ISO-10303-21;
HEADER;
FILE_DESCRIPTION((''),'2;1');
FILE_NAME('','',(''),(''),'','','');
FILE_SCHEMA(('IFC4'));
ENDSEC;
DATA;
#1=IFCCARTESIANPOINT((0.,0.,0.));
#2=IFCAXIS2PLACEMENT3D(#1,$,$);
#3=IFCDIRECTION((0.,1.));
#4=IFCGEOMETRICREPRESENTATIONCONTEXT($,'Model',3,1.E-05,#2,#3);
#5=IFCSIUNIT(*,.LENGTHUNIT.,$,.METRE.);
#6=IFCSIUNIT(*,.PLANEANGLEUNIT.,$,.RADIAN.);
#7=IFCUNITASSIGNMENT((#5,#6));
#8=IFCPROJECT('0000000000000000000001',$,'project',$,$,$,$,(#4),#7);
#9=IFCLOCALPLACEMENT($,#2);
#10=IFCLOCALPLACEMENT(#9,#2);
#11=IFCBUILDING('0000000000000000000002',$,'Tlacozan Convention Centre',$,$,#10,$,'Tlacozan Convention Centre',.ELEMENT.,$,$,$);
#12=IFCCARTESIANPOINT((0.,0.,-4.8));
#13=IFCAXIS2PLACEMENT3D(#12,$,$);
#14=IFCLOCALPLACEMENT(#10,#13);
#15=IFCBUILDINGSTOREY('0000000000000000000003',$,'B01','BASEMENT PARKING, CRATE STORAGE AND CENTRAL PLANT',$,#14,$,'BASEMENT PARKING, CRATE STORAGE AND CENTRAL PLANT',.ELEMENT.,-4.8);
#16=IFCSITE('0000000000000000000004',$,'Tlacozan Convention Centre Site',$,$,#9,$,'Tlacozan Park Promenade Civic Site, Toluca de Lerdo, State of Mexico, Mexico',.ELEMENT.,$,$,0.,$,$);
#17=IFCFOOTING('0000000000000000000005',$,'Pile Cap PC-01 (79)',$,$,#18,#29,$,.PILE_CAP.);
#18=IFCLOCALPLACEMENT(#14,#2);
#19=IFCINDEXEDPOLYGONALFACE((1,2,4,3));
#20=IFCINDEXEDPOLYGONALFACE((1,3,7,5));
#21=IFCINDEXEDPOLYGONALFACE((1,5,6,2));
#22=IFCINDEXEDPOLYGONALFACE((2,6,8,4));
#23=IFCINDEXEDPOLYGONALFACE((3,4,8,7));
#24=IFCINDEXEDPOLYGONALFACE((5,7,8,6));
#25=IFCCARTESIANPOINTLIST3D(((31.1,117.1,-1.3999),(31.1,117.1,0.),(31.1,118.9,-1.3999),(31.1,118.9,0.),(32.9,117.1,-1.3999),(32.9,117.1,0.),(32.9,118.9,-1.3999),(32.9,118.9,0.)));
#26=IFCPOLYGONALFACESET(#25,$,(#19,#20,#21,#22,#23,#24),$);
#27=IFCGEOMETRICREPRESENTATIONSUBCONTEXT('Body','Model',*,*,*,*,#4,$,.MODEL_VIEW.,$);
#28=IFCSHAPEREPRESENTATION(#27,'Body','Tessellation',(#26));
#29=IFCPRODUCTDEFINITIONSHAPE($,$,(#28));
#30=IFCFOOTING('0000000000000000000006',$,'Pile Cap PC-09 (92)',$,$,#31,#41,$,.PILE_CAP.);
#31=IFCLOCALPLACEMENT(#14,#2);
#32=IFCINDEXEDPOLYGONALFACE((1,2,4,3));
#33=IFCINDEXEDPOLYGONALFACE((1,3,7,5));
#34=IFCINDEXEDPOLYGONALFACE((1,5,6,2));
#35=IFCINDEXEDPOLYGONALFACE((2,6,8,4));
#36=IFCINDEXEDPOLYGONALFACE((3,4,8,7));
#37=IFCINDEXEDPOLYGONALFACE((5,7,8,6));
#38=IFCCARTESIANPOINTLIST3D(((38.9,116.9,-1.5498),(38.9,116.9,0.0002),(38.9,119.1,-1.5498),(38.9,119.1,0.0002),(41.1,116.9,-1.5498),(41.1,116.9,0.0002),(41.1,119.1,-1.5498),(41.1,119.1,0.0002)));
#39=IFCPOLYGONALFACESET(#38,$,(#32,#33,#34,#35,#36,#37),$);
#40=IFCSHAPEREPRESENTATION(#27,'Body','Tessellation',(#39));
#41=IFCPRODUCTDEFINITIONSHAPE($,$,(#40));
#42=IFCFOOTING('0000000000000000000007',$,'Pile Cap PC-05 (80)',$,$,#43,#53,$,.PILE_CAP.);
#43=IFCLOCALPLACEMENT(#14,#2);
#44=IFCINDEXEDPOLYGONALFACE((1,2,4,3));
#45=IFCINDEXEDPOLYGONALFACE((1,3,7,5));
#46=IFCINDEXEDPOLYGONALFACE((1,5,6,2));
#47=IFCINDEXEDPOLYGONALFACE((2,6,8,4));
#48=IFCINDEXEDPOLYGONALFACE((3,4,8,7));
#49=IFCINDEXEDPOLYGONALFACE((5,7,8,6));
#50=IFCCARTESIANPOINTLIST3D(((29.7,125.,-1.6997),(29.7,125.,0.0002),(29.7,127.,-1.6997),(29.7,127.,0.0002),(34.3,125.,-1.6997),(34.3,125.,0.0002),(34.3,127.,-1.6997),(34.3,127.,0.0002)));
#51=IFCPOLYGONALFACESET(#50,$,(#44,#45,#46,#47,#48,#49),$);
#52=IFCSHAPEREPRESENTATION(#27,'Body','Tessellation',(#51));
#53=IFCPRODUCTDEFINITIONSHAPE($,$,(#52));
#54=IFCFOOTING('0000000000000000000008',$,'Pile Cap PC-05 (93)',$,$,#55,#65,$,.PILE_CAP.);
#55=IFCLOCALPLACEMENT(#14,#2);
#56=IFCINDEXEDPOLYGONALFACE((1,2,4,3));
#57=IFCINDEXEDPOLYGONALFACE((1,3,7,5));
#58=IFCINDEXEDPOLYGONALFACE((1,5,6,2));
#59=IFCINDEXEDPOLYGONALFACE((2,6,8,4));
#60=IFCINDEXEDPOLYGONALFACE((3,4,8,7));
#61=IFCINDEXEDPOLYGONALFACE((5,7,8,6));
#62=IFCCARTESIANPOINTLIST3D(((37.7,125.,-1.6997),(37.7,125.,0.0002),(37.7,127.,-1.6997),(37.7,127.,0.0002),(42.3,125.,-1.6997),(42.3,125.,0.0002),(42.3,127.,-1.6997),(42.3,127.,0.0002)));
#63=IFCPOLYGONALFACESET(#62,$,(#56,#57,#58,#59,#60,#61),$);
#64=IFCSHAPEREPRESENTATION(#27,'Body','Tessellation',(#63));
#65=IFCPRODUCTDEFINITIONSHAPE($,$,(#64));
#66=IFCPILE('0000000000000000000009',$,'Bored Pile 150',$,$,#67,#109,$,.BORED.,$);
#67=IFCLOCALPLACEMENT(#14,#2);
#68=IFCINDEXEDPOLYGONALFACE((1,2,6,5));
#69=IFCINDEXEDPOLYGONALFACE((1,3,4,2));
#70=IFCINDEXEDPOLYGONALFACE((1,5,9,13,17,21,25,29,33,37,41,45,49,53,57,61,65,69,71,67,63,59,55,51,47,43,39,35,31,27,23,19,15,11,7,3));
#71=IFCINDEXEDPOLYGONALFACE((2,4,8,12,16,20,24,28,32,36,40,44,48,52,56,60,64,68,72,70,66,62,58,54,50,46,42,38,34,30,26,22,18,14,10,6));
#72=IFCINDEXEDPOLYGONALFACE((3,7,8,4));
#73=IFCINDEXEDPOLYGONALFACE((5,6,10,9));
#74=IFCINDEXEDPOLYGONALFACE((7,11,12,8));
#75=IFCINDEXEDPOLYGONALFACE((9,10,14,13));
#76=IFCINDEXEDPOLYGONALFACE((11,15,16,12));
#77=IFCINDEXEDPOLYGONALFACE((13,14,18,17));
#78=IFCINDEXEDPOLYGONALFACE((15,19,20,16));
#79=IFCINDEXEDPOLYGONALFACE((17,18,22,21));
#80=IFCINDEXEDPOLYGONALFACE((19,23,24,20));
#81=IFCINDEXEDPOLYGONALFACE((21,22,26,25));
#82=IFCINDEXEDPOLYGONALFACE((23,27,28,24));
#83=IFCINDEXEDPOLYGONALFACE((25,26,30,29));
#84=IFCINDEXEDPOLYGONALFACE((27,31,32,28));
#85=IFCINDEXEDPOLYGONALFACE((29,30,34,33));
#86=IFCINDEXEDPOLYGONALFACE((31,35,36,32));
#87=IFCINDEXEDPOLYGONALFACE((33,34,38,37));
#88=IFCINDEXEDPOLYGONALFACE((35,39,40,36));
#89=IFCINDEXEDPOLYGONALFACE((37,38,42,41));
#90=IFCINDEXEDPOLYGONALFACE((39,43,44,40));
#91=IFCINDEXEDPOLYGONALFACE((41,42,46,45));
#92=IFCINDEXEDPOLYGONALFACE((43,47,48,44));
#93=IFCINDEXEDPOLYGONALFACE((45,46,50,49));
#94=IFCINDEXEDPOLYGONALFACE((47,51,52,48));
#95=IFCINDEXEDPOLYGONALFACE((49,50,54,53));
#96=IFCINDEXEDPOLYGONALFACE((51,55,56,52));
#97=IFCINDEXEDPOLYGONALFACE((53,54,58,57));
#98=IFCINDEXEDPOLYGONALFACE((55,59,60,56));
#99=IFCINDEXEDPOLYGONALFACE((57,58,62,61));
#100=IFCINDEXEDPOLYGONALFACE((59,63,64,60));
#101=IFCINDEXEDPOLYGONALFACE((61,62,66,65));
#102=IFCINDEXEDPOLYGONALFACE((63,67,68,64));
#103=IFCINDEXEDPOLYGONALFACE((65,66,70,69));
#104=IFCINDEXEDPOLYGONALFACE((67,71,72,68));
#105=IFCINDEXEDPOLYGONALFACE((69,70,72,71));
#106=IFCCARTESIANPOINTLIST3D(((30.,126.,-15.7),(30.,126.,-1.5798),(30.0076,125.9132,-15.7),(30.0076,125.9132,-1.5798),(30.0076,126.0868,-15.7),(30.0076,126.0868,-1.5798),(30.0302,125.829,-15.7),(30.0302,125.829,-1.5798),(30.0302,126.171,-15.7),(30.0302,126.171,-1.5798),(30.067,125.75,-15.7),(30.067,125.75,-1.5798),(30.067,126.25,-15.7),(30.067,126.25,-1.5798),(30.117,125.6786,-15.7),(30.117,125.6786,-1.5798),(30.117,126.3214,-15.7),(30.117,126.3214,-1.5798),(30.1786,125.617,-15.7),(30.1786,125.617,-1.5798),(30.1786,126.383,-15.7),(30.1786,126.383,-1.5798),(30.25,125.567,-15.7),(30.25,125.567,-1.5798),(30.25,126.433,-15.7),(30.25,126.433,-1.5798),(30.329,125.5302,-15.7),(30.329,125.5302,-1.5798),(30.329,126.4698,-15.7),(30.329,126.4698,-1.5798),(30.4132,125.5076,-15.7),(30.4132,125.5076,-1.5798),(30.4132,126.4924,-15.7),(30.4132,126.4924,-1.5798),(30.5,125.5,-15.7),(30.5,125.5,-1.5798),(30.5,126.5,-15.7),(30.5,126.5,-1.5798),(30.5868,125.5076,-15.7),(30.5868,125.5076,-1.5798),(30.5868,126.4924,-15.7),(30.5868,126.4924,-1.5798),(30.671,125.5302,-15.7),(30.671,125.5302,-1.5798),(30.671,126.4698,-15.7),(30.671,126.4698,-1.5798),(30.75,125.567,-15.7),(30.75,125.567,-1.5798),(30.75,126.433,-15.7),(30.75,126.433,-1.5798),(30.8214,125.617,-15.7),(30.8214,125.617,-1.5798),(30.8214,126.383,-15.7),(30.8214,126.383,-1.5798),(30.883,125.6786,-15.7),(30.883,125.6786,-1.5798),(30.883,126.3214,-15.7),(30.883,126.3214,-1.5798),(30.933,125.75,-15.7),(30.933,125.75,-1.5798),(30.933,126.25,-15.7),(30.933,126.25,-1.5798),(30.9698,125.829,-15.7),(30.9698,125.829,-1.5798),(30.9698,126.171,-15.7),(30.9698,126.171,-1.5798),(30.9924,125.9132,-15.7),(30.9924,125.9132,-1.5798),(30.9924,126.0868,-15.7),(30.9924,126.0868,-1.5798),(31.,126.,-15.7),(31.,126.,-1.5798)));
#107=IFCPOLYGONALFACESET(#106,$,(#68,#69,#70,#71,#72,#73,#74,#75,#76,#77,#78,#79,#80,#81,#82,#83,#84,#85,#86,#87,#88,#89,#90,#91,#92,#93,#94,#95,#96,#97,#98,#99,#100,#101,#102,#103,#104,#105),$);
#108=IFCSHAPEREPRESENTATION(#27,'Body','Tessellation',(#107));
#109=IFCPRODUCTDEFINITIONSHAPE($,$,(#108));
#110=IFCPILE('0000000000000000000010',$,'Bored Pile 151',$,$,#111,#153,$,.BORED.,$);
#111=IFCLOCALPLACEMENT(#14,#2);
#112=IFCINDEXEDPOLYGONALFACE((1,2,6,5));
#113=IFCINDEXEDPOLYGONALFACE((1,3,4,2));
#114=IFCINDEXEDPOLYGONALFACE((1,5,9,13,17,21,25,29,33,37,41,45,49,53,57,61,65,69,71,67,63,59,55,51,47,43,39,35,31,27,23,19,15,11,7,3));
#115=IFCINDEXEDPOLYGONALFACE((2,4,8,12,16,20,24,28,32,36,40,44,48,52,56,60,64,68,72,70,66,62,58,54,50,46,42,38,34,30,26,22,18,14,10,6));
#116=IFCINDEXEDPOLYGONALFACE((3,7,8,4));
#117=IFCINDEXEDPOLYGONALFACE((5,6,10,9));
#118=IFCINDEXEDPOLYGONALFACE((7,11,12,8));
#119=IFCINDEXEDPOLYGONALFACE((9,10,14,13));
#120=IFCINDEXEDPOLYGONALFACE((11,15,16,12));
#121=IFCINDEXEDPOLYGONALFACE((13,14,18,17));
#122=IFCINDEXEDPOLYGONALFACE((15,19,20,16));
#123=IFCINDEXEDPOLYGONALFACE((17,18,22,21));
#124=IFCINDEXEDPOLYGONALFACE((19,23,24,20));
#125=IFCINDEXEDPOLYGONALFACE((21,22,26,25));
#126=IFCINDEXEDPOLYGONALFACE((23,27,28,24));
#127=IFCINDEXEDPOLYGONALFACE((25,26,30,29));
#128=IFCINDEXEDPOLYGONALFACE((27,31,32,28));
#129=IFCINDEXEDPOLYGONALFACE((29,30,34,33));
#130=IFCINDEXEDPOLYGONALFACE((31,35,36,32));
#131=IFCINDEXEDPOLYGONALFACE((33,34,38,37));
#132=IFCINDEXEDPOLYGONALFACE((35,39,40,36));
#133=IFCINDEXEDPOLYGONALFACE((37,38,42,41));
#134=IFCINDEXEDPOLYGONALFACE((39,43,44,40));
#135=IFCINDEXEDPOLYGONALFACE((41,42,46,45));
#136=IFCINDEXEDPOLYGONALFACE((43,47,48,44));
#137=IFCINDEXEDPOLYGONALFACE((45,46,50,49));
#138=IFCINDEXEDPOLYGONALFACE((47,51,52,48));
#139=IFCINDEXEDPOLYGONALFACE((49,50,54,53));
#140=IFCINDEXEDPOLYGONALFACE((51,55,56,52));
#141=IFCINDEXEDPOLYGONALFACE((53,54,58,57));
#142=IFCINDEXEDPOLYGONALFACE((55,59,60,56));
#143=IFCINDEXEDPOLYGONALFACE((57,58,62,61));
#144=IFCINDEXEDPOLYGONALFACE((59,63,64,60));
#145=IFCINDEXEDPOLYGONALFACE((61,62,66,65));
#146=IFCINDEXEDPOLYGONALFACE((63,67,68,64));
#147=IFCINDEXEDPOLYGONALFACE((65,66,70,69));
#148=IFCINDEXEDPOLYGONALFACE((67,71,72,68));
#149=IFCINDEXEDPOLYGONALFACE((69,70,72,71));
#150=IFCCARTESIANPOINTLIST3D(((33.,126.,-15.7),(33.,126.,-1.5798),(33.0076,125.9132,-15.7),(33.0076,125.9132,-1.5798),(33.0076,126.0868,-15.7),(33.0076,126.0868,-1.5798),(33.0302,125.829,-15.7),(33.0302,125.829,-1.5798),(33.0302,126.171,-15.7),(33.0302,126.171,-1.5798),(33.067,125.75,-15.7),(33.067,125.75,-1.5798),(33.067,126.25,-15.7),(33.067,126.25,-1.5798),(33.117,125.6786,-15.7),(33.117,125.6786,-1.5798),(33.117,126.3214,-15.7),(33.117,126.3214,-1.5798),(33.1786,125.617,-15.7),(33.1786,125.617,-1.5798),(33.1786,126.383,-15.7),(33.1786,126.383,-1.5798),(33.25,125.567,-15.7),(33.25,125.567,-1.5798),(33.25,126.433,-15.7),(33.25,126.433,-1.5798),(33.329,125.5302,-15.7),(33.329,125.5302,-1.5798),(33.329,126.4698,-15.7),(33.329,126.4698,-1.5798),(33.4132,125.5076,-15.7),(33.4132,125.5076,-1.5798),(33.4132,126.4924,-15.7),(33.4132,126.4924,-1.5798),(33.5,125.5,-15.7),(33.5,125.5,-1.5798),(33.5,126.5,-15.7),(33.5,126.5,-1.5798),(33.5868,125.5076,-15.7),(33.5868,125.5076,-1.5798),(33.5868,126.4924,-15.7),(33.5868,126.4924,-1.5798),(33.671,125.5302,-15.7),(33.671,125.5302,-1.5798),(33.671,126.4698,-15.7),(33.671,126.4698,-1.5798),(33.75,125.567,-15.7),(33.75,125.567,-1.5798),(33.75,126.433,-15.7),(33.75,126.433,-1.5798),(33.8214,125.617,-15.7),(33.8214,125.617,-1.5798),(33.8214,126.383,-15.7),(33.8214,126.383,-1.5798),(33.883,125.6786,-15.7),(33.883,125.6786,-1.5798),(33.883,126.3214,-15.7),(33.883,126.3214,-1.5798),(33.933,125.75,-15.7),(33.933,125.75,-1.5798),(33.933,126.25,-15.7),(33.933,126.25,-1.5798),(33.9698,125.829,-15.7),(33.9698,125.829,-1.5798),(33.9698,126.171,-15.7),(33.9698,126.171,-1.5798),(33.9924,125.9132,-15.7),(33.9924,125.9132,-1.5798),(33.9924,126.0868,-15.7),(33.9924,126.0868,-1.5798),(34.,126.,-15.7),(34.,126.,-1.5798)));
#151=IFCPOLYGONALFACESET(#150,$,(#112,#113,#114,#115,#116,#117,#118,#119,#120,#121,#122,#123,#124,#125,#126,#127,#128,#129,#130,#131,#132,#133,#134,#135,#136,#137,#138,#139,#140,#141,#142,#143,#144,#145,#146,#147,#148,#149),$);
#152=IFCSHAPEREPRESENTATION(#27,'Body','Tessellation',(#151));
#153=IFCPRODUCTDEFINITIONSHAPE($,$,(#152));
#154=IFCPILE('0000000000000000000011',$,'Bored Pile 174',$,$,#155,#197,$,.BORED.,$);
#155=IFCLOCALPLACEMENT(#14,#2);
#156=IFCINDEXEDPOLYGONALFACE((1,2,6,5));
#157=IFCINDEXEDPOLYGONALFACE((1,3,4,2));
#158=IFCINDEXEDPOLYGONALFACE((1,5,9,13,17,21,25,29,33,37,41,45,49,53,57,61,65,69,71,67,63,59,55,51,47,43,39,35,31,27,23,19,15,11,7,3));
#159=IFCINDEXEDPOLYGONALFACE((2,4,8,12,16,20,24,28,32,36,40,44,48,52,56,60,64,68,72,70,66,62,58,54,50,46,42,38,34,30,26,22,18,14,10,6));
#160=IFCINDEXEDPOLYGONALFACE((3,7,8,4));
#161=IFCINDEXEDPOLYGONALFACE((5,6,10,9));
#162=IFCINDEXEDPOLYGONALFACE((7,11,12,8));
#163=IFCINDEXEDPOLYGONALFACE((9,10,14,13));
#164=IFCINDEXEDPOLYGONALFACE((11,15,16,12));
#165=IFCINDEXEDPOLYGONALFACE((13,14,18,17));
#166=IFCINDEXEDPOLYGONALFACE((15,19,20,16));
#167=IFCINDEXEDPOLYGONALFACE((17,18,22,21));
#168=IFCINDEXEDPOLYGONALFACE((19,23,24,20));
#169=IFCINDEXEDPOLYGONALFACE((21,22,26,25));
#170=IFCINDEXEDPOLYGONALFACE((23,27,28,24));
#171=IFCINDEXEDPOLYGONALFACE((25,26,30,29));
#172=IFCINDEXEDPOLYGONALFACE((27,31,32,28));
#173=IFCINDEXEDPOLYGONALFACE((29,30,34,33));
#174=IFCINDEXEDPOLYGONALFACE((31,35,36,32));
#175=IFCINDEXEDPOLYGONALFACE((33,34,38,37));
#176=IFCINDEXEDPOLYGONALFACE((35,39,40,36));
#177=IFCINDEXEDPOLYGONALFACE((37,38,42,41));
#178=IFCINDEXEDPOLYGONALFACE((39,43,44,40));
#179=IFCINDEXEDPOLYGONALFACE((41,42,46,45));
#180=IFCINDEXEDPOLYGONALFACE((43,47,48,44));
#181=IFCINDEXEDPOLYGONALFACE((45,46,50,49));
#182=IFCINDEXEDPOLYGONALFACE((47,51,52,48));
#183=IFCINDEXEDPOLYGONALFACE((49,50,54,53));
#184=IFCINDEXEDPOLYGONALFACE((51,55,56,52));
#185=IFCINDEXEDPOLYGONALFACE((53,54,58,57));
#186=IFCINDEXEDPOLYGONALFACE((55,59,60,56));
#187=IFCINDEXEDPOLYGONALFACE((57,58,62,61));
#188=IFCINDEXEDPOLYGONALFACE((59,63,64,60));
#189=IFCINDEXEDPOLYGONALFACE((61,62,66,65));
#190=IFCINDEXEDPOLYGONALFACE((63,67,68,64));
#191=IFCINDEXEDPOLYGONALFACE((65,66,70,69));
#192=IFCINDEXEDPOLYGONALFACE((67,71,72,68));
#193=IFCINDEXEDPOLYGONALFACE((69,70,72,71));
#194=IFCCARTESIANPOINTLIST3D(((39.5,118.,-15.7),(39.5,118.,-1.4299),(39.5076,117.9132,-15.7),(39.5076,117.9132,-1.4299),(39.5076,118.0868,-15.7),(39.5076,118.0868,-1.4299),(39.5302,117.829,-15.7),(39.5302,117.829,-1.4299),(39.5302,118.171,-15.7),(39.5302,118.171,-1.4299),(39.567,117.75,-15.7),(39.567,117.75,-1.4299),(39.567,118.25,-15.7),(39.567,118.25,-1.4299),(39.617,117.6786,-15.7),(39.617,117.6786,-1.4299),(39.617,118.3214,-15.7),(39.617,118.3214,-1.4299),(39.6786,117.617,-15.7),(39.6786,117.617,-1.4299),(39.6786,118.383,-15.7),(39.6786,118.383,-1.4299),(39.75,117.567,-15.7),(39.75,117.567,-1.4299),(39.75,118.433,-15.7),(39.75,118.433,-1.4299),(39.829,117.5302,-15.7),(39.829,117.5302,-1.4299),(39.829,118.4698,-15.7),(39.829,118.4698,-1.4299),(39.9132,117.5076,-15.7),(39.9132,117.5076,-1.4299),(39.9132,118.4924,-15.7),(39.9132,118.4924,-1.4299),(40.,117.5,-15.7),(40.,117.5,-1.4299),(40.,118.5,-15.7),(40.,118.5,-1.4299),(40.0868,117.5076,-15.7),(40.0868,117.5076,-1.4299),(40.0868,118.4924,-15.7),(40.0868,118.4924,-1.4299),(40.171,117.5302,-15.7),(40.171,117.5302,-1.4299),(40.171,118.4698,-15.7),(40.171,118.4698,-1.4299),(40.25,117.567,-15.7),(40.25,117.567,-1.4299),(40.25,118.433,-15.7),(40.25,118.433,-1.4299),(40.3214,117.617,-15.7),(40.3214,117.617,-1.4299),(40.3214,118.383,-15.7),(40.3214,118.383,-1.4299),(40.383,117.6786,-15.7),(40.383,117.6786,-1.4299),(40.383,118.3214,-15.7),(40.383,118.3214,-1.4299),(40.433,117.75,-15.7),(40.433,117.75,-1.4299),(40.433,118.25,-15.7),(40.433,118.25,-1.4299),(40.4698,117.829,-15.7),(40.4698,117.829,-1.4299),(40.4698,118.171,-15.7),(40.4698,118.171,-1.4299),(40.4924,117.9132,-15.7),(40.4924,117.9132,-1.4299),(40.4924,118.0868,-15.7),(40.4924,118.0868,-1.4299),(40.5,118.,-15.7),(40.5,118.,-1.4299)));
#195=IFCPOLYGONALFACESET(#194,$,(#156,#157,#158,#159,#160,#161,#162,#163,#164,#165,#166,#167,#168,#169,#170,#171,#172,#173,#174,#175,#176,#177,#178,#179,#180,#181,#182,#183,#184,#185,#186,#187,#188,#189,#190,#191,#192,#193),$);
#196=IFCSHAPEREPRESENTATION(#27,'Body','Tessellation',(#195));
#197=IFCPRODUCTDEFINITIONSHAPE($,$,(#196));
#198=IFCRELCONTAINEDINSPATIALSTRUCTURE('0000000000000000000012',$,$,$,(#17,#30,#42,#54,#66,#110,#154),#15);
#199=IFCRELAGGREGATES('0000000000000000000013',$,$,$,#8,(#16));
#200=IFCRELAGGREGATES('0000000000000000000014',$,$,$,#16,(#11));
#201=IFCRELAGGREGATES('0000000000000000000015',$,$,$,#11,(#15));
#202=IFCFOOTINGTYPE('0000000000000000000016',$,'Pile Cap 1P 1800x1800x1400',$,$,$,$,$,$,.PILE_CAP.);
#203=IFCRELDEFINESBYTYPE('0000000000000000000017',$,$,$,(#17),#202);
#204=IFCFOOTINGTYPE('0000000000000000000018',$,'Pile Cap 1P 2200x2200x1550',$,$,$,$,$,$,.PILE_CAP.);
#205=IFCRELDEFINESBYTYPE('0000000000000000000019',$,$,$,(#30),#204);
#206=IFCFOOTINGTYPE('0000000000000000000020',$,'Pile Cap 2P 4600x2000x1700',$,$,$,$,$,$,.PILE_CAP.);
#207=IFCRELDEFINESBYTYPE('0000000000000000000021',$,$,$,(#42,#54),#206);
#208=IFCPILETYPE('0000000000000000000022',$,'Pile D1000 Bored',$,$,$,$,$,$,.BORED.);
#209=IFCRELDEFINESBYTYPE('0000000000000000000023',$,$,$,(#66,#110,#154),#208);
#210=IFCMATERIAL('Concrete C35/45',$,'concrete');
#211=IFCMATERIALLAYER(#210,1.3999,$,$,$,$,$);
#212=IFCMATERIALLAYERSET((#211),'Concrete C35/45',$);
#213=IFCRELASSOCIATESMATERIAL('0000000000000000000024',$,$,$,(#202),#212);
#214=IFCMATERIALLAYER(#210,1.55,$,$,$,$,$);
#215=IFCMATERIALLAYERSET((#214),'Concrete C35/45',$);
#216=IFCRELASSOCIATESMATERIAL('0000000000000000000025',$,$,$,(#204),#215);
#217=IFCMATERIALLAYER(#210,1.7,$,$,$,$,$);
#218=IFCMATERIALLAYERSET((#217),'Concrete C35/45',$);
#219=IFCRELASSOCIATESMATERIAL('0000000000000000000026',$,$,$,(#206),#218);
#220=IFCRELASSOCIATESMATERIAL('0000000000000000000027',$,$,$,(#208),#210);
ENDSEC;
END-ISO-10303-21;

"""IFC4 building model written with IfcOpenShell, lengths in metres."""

from ifc_helpers import new_model, si_unit, direction, frame, origin, origin_2d, place, context, subcontext, project, spatial, rectangle, circle, extrude, material, layer, layer_set, material_profile, profile_set, type_object, element, save


model = new_model("IFC4")

# Units and contexts
model_context = context("Model", 3, precision=1e-05, world=origin(), true_north=direction((0.0, 1.0)))
body_context = subcontext(model_context, "Body", "Model", "MODEL_VIEW")
ifc_project = project(units=[si_unit("LENGTHUNIT", "METRE"), si_unit("PLANEANGLEUNIT", "RADIAN")], contexts=[model_context])

# Site, building, storey
site_placement = place(None, origin())
site = spatial("IfcSite", under=ifc_project, at=site_placement, Name="Tlacozan Convention Centre Site", LongName="Tlacozan Park Promenade Civic Site, Toluca de Lerdo, State of Mexico, Mexico", CompositionType="ELEMENT", RefElevation=0.0)
building_placement = place(site_placement, origin())
building = spatial("IfcBuilding", under=site, at=building_placement, Name="Tlacozan Convention Centre", LongName="Tlacozan Convention Centre", CompositionType="ELEMENT")
storey_placement = place(building_placement, frame((0.0, 0.0, -4.8)))
storey = spatial("IfcBuildingStorey", under=building, at=storey_placement, Name="B01", Description="BASEMENT PARKING, CRATE STORAGE AND CENTRAL PLANT", LongName="BASEMENT PARKING, CRATE STORAGE AND CENTRAL PLANT", CompositionType="ELEMENT", Elevation=-4.8)

# Footings
ifc_material_1 = material(Name="Concrete C35/45", Category="concrete")
ifc_layer_1 = layer(ifc_material_1, 1.3999)
ifc_layer_set_1 = layer_set([ifc_layer_1], Name="Concrete C35/45")
footing_type_1 = type_object("IfcFootingType", Name="Pile Cap 1P 1800x1800x1400", PredefinedType="PILE_CAP", material=ifc_layer_set_1)
footing_1_placement = place(storey_placement, frame((32.0, 118.0, -1.3999), z_axis=(0.0, 0.0, 1.0), x_axis=(1.0, 0.0, 0.0)))
element("IfcFooting", 1, at=footing_1_placement, inside=storey, type_object=footing_type_1, Name="Pile Cap PC-01 (79)", PredefinedType="PILE_CAP", context=body_context, shape_type="SweptSolid", body=[
    extrude(rectangle(XDim=1.8, YDim=1.8, at=origin_2d()), origin(), (0.0, 0.0, 1.0), 1.3999),
])
ifc_layer_2 = layer(ifc_material_1, 1.55)
ifc_layer_set_2 = layer_set([ifc_layer_2], Name="Concrete C35/45")
footing_type_2 = type_object("IfcFootingType", Name="Pile Cap 1P 2200x2200x1550", PredefinedType="PILE_CAP", material=ifc_layer_set_2)
footing_2_placement = place(storey_placement, frame((40.0, 118.0, -1.5498), z_axis=(0.0, 0.0, 1.0), x_axis=(1.0, 0.0, 0.0)))
element("IfcFooting", 2, at=footing_2_placement, inside=storey, type_object=footing_type_2, Name="Pile Cap PC-09 (92)", PredefinedType="PILE_CAP", context=body_context, shape_type="SweptSolid", body=[
    extrude(rectangle(XDim=2.2, YDim=2.2, at=origin_2d()), origin(), (0.0, 0.0, 1.0), 1.55),
])
ifc_layer_3 = layer(ifc_material_1, 1.7)
ifc_layer_set_3 = layer_set([ifc_layer_3], Name="Concrete C35/45")
footing_type_3 = type_object("IfcFootingType", Name="Pile Cap 2P 4600x2000x1700", PredefinedType="PILE_CAP", material=ifc_layer_set_3)
for number, where, z_axis, x_axis, name in (
    (3, (32.0, 126.0, -1.6997), (0.0, 0.0, 1.0), (1.0, 0.0, 0.0), "Pile Cap PC-05 (80)"),
    (4, (40.0, 126.0, -1.6997), (0.0, 0.0, 1.0), (1.0, 0.0, 0.0), "Pile Cap PC-05 (93)"),
):
    element("IfcFooting", number, at=place(storey_placement, frame(where, z_axis=z_axis, x_axis=x_axis)), inside=storey, type_object=footing_type_3, Name=name, PredefinedType="PILE_CAP", context=body_context, shape_type="SweptSolid", body=[
        extrude(rectangle(XDim=4.6001, YDim=2.0, at=origin_2d()), origin(), (0.0, 0.0, 1.0), 1.7),
    ])

# Piles
ifc_material_profile_1 = material_profile(ifc_material_1, circle(Radius=0.5, at=origin_2d()), Name="PILE D1000")
ifc_profile_set_1 = profile_set([ifc_material_profile_1], Name="Concrete C35/45")
pile_type_1 = type_object("IfcPileType", Name="Pile D1000 Bored", PredefinedType="BORED", material=ifc_profile_set_1)
for number, where, z_axis, x_axis, name in (
    (5, (30.5, 126.0, -1.5798), (0.0, 0.0, -1.0), (1.0, 0.0, 0.0), "Bored Pile 150"),
    (6, (33.5, 126.0, -1.5798), (0.0, 0.0, -1.0), (1.0, 0.0, 0.0), "Bored Pile 151"),
):
    element("IfcPile", number, at=place(storey_placement, frame(where, z_axis=z_axis, x_axis=x_axis)), inside=storey, type_object=pile_type_1, Name=name, PredefinedType="BORED", context=body_context, shape_type="SweptSolid", body=[
        extrude(circle(Radius=0.5, at=origin_2d()), origin(), (0.0, 0.0, 1.0), 14.1201),
    ])
pile_1_placement = place(storey_placement, frame((40.0, 118.0, -1.4299), z_axis=(0.0, 0.0, -1.0), x_axis=(1.0, 0.0, 0.0)))
element("IfcPile", 7, at=pile_1_placement, inside=storey, type_object=pile_type_1, Name="Bored Pile 174", PredefinedType="BORED", context=body_context, shape_type="SweptSolid", body=[
    extrude(circle(Radius=0.5, at=origin_2d()), origin(), (0.0, 0.0, 1.0), 14.27),
])

save(model, "model.ifc")
